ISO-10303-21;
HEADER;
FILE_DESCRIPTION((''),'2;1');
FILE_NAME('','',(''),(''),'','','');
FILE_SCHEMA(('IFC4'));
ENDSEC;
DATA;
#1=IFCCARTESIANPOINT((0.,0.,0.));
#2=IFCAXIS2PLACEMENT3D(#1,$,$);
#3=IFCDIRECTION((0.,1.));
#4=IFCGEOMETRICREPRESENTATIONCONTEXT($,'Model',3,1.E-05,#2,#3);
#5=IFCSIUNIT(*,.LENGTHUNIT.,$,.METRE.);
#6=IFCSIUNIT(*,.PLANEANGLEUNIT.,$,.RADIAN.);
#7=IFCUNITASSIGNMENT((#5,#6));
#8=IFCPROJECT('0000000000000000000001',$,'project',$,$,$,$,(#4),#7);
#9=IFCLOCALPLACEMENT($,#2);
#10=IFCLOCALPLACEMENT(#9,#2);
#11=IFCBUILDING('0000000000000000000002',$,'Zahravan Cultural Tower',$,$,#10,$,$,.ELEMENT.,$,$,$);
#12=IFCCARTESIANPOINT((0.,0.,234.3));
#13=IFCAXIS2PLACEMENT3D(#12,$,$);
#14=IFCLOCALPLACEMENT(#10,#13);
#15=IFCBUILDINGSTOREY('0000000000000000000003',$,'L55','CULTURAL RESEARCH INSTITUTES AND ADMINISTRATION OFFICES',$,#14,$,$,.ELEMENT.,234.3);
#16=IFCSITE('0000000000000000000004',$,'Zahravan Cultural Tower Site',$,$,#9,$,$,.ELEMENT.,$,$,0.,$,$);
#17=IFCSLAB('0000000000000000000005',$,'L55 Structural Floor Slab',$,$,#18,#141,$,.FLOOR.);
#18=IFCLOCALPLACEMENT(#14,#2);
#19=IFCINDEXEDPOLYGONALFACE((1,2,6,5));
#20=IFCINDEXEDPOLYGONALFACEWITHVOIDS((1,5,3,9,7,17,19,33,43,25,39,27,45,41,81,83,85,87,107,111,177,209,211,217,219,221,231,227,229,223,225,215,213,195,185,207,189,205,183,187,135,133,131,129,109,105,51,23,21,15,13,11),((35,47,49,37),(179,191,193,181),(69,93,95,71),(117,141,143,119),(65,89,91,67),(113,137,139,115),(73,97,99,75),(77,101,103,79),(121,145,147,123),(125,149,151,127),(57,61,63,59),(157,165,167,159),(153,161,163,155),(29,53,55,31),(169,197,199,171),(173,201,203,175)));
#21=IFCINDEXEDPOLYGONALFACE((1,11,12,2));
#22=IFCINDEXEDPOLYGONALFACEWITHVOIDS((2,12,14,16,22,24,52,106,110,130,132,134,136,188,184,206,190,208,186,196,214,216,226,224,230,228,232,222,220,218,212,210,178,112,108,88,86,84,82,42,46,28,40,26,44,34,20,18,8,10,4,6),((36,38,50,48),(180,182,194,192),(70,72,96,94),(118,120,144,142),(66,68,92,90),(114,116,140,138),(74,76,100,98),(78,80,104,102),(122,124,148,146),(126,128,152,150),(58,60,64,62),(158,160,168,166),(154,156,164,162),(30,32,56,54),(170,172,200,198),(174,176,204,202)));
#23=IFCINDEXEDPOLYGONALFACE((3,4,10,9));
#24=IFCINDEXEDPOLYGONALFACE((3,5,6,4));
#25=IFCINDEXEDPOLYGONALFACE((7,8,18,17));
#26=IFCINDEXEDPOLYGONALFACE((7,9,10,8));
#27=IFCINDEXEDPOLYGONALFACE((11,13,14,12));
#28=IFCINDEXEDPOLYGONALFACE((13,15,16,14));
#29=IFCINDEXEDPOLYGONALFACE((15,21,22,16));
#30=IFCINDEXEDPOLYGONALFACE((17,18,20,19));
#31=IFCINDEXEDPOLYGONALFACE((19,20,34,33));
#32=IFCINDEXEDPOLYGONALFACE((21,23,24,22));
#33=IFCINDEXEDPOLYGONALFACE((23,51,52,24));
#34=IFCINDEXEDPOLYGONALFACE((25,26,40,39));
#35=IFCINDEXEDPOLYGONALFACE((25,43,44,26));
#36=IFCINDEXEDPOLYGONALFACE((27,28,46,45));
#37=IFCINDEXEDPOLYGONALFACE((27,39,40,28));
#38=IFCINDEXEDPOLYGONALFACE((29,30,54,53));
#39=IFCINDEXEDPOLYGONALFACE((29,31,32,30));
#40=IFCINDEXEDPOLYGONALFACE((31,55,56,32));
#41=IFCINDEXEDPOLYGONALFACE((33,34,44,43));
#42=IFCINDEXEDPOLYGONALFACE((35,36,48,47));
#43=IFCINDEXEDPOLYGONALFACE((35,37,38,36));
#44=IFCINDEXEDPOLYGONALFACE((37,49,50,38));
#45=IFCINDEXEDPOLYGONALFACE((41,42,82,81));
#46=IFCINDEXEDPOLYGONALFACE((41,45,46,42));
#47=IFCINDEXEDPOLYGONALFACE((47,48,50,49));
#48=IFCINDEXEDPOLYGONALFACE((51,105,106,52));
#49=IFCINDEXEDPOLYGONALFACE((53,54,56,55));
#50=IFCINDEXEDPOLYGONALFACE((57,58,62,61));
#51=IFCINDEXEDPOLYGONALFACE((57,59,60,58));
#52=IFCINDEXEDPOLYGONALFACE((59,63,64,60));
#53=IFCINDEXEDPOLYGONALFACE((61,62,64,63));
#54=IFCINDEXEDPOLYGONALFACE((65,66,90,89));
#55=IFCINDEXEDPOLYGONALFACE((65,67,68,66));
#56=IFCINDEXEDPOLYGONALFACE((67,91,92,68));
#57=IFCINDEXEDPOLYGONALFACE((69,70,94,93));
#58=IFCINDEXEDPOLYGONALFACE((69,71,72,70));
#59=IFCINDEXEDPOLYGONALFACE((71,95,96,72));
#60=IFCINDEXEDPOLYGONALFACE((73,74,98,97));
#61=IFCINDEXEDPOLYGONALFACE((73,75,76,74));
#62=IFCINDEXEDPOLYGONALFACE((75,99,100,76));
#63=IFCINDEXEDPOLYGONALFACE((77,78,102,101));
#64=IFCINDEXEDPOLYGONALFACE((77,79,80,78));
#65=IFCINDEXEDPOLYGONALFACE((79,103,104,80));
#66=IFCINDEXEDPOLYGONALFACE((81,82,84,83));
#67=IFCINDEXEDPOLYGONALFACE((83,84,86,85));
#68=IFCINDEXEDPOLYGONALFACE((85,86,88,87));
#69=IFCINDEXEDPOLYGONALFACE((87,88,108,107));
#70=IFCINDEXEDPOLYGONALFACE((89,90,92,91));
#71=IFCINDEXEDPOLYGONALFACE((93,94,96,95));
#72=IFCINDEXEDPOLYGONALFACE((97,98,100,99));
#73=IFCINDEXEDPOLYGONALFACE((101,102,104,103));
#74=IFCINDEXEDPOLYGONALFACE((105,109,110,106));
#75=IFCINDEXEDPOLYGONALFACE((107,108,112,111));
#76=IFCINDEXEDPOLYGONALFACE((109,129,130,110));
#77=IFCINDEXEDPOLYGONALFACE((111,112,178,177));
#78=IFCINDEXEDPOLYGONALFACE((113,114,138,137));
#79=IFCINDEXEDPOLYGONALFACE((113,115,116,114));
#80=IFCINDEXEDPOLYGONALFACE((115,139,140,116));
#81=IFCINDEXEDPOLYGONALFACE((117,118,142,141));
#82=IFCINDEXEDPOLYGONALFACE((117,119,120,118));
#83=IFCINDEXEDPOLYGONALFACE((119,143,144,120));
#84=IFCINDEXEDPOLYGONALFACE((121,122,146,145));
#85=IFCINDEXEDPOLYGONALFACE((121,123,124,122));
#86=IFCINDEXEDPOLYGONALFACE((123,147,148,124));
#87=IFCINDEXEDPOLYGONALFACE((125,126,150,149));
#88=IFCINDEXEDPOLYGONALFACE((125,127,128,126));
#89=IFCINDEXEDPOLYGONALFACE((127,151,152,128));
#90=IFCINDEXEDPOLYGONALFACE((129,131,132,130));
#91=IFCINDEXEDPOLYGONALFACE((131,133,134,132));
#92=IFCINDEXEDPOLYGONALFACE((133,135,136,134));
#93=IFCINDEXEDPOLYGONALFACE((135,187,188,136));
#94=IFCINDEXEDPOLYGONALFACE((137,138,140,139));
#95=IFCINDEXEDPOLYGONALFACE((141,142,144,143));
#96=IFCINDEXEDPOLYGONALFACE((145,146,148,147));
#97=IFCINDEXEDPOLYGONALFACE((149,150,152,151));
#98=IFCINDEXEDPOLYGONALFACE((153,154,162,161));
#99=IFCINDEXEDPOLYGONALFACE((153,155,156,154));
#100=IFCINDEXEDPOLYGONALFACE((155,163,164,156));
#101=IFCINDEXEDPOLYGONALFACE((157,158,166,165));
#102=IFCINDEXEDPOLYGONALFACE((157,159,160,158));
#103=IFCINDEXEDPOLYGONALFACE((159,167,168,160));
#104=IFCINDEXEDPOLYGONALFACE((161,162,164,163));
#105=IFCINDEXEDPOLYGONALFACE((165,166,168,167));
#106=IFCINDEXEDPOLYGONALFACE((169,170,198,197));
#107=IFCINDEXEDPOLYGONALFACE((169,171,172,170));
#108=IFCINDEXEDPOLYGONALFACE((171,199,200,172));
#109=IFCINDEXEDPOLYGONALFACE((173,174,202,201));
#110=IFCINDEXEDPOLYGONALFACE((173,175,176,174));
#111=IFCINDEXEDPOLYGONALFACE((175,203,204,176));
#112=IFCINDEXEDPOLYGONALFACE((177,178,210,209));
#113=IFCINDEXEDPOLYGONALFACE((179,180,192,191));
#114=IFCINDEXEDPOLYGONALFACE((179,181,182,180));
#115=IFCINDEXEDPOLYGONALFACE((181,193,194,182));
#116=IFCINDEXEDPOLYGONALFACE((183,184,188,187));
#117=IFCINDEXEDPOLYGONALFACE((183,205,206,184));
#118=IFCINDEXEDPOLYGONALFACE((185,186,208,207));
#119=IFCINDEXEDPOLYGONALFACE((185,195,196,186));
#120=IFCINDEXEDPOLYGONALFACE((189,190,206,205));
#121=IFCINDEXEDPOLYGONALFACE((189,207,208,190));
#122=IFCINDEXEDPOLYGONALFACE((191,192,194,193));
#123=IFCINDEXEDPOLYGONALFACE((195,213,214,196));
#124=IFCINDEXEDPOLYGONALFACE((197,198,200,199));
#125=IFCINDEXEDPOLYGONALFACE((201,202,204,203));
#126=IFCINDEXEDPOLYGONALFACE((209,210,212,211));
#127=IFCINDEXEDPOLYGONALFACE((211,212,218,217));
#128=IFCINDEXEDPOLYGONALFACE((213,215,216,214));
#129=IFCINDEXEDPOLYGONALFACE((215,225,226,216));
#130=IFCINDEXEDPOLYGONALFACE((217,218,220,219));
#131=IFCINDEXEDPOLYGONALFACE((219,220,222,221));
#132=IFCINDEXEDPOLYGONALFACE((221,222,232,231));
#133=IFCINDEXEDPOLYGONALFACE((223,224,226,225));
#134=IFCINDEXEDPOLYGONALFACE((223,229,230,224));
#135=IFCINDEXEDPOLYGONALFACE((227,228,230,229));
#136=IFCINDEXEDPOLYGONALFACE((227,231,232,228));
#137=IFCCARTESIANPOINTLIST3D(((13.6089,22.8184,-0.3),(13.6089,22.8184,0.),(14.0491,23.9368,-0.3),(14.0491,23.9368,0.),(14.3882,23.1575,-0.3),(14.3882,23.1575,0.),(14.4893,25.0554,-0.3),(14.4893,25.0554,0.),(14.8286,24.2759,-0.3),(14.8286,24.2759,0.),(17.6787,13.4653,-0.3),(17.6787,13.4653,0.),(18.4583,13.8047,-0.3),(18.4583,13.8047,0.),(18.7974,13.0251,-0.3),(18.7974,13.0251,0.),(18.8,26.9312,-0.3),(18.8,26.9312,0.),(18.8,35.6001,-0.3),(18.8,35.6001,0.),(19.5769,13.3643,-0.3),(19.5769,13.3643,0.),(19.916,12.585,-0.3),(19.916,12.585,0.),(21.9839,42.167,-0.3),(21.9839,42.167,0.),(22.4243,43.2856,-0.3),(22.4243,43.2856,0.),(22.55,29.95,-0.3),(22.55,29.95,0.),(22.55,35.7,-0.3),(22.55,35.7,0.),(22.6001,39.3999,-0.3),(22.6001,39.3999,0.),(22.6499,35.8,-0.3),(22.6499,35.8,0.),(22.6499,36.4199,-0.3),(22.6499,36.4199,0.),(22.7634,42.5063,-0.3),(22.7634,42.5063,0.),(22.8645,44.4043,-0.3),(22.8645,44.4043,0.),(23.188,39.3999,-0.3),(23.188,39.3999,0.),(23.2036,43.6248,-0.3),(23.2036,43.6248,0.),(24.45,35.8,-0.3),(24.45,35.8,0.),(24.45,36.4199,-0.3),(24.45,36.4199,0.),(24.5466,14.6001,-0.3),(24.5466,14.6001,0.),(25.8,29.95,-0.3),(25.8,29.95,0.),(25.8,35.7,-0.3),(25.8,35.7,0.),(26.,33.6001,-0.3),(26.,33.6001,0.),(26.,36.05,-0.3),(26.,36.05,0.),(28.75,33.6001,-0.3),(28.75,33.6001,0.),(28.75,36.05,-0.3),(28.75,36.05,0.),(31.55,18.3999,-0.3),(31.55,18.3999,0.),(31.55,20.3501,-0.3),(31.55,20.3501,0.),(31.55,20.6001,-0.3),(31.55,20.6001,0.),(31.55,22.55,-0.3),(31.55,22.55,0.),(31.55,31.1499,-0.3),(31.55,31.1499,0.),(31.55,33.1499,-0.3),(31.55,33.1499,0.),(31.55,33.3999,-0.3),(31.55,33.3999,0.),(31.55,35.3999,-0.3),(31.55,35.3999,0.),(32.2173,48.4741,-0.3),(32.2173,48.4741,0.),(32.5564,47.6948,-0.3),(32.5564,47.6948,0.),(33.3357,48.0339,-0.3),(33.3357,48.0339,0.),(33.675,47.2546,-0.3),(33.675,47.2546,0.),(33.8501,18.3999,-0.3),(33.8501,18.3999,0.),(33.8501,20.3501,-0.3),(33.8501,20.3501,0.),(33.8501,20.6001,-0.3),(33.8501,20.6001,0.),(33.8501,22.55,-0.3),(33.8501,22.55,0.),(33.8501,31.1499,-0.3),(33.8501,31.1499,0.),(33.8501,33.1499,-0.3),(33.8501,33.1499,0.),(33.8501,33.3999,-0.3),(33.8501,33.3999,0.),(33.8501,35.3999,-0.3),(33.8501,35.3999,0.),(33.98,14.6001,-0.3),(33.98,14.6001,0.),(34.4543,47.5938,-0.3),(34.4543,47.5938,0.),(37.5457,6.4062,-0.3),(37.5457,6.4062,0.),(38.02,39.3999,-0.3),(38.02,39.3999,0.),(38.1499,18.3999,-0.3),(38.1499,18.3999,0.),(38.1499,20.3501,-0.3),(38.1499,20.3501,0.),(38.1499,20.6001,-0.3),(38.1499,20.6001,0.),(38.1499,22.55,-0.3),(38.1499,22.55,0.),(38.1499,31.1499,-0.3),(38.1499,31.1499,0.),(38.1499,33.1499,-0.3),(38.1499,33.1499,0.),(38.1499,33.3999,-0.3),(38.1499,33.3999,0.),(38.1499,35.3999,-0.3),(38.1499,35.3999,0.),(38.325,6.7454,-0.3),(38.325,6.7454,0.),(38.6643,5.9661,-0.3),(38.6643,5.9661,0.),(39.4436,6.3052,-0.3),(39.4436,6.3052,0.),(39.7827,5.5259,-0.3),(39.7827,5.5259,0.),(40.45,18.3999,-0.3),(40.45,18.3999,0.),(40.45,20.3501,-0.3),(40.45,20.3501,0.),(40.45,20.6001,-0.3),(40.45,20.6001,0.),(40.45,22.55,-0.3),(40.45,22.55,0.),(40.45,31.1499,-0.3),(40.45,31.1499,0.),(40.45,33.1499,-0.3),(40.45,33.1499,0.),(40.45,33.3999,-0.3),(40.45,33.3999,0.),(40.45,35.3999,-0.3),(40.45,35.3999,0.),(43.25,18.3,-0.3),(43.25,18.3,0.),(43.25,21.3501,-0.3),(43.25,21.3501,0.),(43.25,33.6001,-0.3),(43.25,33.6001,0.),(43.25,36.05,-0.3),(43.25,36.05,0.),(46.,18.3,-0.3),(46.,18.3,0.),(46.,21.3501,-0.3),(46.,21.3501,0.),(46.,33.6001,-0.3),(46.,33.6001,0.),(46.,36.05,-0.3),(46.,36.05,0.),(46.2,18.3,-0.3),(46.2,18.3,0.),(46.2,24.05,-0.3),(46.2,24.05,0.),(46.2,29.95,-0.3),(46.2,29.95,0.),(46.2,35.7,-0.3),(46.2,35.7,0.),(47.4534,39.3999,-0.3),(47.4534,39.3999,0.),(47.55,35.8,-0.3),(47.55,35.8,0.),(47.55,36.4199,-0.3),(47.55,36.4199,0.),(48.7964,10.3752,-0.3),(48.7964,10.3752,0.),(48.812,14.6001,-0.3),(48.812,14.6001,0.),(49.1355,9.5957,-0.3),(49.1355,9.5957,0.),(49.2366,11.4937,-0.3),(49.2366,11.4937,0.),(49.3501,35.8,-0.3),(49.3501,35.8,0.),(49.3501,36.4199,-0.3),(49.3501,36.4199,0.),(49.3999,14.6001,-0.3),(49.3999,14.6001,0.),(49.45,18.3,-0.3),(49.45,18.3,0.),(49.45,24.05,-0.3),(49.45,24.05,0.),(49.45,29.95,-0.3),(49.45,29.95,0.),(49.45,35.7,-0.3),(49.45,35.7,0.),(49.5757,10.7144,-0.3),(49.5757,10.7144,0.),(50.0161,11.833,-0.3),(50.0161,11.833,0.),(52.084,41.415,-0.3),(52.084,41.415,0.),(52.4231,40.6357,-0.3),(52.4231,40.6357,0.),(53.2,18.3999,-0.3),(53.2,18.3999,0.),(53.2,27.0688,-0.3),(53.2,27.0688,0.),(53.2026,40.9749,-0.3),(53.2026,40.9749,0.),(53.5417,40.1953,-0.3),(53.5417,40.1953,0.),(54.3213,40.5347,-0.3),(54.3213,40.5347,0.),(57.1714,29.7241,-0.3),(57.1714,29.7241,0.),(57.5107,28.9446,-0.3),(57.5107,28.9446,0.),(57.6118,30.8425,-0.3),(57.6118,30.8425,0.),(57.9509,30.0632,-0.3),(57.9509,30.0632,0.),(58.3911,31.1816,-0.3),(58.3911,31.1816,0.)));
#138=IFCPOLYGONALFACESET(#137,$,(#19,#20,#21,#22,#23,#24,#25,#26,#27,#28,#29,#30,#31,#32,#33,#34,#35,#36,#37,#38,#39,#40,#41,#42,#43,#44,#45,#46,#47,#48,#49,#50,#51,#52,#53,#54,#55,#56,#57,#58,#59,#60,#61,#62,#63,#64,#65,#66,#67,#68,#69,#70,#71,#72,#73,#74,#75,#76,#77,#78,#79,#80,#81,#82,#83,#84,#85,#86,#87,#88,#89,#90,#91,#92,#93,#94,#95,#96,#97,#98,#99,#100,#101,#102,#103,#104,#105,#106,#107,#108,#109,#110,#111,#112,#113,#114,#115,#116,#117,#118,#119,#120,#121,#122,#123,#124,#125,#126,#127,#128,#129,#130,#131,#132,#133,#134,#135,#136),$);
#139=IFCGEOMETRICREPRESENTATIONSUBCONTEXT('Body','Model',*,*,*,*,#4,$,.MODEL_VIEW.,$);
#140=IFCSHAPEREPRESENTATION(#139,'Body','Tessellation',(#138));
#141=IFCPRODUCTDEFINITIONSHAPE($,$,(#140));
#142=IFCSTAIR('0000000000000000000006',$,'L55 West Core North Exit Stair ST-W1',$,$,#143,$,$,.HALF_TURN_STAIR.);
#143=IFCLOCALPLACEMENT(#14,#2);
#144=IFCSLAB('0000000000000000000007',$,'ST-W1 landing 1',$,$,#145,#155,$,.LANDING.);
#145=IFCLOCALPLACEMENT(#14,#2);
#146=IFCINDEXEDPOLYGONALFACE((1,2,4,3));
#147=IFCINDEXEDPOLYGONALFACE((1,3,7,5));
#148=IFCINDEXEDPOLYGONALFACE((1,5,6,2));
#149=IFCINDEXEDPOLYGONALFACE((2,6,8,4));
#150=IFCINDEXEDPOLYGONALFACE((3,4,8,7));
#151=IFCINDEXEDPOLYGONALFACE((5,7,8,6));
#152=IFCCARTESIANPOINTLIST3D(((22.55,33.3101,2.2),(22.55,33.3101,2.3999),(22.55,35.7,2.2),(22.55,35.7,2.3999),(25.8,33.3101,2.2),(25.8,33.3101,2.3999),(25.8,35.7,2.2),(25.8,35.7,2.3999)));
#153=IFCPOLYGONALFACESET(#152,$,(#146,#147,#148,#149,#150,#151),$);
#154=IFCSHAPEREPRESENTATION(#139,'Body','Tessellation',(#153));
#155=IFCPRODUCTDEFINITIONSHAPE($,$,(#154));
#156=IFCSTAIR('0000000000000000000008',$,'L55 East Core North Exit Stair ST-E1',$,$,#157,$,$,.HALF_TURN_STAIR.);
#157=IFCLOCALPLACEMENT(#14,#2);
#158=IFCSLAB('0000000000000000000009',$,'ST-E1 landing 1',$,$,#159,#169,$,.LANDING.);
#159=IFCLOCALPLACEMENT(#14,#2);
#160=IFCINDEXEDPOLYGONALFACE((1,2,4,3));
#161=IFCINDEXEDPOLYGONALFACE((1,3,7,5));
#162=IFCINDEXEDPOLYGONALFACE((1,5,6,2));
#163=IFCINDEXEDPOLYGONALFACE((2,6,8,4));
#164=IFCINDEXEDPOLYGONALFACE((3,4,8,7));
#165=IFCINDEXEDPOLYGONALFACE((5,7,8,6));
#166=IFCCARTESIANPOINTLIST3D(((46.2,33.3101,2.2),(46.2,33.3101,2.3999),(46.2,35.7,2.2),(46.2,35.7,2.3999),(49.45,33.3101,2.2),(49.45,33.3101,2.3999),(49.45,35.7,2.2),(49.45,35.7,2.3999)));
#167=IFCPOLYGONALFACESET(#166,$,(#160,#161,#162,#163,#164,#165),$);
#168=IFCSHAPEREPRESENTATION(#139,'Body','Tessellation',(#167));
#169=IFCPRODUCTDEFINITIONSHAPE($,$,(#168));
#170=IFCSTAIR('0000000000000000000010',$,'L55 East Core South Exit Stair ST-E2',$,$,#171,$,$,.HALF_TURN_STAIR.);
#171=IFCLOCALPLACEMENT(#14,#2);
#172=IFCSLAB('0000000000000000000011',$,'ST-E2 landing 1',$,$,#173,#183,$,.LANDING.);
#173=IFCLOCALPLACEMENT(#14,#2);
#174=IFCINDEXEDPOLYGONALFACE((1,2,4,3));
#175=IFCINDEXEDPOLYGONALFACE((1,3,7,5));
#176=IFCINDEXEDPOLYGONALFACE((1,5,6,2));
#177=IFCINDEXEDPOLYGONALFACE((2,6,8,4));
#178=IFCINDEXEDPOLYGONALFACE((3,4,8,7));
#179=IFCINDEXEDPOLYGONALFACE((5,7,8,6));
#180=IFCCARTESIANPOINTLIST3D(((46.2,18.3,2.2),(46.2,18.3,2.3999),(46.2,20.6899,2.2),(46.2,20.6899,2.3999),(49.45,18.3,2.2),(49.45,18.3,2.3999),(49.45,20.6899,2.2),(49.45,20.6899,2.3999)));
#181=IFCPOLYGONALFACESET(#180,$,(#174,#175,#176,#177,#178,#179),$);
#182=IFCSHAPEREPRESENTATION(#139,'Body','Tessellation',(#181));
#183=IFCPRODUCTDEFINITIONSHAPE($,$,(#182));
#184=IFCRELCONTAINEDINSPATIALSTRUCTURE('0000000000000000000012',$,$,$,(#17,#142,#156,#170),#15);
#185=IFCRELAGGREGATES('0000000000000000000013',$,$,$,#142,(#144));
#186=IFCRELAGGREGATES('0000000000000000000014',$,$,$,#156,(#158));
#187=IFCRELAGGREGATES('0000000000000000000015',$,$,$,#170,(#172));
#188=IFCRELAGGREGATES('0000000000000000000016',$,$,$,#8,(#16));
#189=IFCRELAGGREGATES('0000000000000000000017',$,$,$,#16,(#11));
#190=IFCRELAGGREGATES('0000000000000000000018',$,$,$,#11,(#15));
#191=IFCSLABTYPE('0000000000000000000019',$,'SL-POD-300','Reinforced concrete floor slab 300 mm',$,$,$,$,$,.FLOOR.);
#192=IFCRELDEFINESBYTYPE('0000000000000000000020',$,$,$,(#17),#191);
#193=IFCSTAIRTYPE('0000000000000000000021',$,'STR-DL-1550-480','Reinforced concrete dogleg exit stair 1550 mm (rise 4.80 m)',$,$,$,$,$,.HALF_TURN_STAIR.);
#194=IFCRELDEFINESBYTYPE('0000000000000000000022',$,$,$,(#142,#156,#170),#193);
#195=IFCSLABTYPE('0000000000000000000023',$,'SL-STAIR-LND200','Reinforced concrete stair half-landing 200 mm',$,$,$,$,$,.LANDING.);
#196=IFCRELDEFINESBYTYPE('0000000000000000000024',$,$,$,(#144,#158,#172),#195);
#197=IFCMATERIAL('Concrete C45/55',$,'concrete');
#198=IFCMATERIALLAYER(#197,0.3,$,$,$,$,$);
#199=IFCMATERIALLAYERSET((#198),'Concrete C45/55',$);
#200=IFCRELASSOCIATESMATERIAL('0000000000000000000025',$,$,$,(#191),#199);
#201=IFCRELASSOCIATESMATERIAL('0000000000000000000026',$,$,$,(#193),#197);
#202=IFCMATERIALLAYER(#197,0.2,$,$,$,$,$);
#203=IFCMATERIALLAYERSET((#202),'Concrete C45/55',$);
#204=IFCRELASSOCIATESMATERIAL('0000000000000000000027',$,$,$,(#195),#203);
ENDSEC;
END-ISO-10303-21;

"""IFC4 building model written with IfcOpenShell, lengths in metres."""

from ifc_helpers import new_model, si_unit, direction, frame, origin, place, context, subcontext, project, spatial, polyline, outline, extrude, material, layer, layer_set, type_object, element, aggregate, save


model = new_model("IFC4")

# Units and contexts
model_context = context("Model", 3, precision=1e-05, world=origin(), true_north=direction((0.0, 1.0)))
body_context = subcontext(model_context, "Body", "Model", "MODEL_VIEW")
ifc_project = project(units=[si_unit("LENGTHUNIT", "METRE"), si_unit("PLANEANGLEUNIT", "RADIAN")], contexts=[model_context])

# Site, building, storey
site_placement = place(None, origin())
site = spatial("IfcSite", under=ifc_project, at=site_placement, Name="Zahravan Cultural Tower Site", CompositionType="ELEMENT", RefElevation=0.0)
building_placement = place(site_placement, origin())
building = spatial("IfcBuilding", under=site, at=building_placement, Name="Zahravan Cultural Tower", CompositionType="ELEMENT")
storey_placement = place(building_placement, frame((0.0, 0.0, 234.3)))
storey = spatial("IfcBuildingStorey", under=building, at=storey_placement, Name="L55", Description="CULTURAL RESEARCH INSTITUTES AND ADMINISTRATION OFFICES", CompositionType="ELEMENT", Elevation=234.3)

# Slab
ifc_material_1 = material(Name="Concrete C45/55", Category="concrete")
ifc_layer_1 = layer(ifc_material_1, 0.3)
ifc_layer_set_1 = layer_set([ifc_layer_1], Name="Concrete C45/55")
slab_type_1 = type_object("IfcSlabType", Name="SL-POD-300", Description="Reinforced concrete floor slab 300 mm", PredefinedType="FLOOR", material=ifc_layer_set_1)
slab_1_placement = place(storey_placement, frame((0.0, 0.0, -0.3)))
element("IfcSlab", 1, at=slab_1_placement, inside=storey, type_object=slab_type_1, Name="L55 Structural Floor Slab", PredefinedType="FLOOR", context=body_context, shape_type="SweptSolid", body=[
    extrude(outline(polyline([(47.4534, 39.3999), (38.02, 39.3999), (34.4543, 47.5938), (33.675, 47.2546), (33.3357, 48.0339), (32.5564, 47.6948), (32.2173, 48.4741), (22.8645, 44.4043), (23.2036, 43.6248), (22.4243, 43.2856), (22.7634, 42.5063), (21.9839, 42.167), (23.188, 39.3999), (22.6001, 39.3999), (18.8, 35.6001), (18.8, 26.9312), (14.4893, 25.0554), (14.8286, 24.2759), (14.0491, 23.9368), (14.3882, 23.1575), (13.6089, 22.8184), (17.6787, 13.4653), (18.4583, 13.8047), (18.7974, 13.0251), (19.5769, 13.3643), (19.916, 12.585), (24.5466, 14.6001), (33.98, 14.6001), (37.5457, 6.4062), (38.325, 6.7454), (38.6643, 5.9661), (39.4436, 6.3052), (39.7827, 5.5259), (49.1355, 9.5957), (48.7964, 10.3752), (49.5757, 10.7144), (49.2366, 11.4937), (50.0161, 11.833), (48.812, 14.6001), (49.3999, 14.6001), (53.2, 18.3999), (53.2, 27.0688), (57.5107, 28.9446), (57.1714, 29.7241), (57.9509, 30.0632), (57.6118, 30.8425), (58.3911, 31.1816), (54.3213, 40.5347), (53.5417, 40.1953), (53.2026, 40.9749), (52.4231, 40.6357), (52.084, 41.415), (47.4534, 39.3999)]), holes=[polyline([(22.55, 29.95), (22.55, 35.7), (25.8, 35.7), (25.8, 29.95), (22.55, 29.95)]), polyline([(46.2, 29.95), (46.2, 35.7), (49.45, 35.7), (49.45, 29.95), (46.2, 29.95)]), polyline([(46.2, 18.3), (46.2, 24.05), (49.45, 24.05), (49.45, 18.3), (46.2, 18.3)]), polyline([(26.0, 33.6001), (26.0, 36.05), (28.75, 36.05), (28.75, 33.6001), (26.0, 33.6001)]), polyline([(43.25, 33.6001), (43.25, 36.05), (46.0, 36.05), (46.0, 33.6001), (43.25, 33.6001)]), polyline([(43.25, 18.3), (43.25, 21.3501), (46.0, 21.3501), (46.0, 18.3), (43.25, 18.3)]), polyline([(31.55, 33.3999), (31.55, 35.3999), (33.8501, 35.3999), (33.8501, 33.3999), (31.55, 33.3999)]), polyline([(31.55, 31.1499), (31.55, 33.1499), (33.8501, 33.1499), (33.8501, 31.1499), (31.55, 31.1499)]), polyline([(38.1499, 33.3999), (38.1499, 35.3999), (40.45, 35.3999), (40.45, 33.3999), (38.1499, 33.3999)]), polyline([(38.1499, 31.1499), (38.1499, 33.1499), (40.45, 33.1499), (40.45, 31.1499), (38.1499, 31.1499)]), polyline([(31.55, 20.6001), (31.55, 22.55), (33.8501, 22.55), (33.8501, 20.6001), (31.55, 20.6001)]), polyline([(31.55, 18.3999), (31.55, 20.3501), (33.8501, 20.3501), (33.8501, 18.3999), (31.55, 18.3999)]), polyline([(38.1499, 20.6001), (38.1499, 22.55), (40.45, 22.55), (40.45, 20.6001), (38.1499, 20.6001)]), polyline([(38.1499, 18.3999), (38.1499, 20.3501), (40.45, 20.3501), (40.45, 18.3999), (38.1499, 18.3999)]), polyline([(22.6499, 35.8), (22.6499, 36.4199), (24.45, 36.4199), (24.45, 35.8), (22.6499, 35.8)]), polyline([(47.55, 35.8), (47.55, 36.4199), (49.3501, 36.4199), (49.3501, 35.8), (47.55, 35.8)])]), origin(), (0.0, 0.0, 1.0), 0.3),
])

# Stairs, slabs
stair_type = type_object("IfcStairType", Name="STR-DL-1550-480", Description="Reinforced concrete dogleg exit stair 1550 mm (rise 4.80 m)", PredefinedType="HALF_TURN_STAIR", material=ifc_material_1)
stair_1_placement = place(storey_placement, origin())
stair_1 = element("IfcStair", 2, at=stair_1_placement, inside=storey, type_object=stair_type, Name="L55 West Core North Exit Stair ST-W1", PredefinedType="HALF_TURN_STAIR")
ifc_layer_2 = layer(ifc_material_1, 0.2)
ifc_layer_set_2 = layer_set([ifc_layer_2], Name="Concrete C45/55")
slab_type_2 = type_object("IfcSlabType", Name="SL-STAIR-LND200", Description="Reinforced concrete stair half-landing 200 mm", PredefinedType="LANDING", material=ifc_layer_set_2)
slab_2_placement = place(storey_placement, frame((0.0, 0.0, 2.2)))
slab_2 = element("IfcSlab", 3, at=slab_2_placement, type_object=slab_type_2, Name="ST-W1 landing 1", PredefinedType="LANDING", context=body_context, shape_type="SweptSolid", body=[
    extrude(outline(polyline([(25.8, 33.3101), (25.8, 35.7), (22.55, 35.7), (22.55, 33.3101), (25.8, 33.3101)])), origin(), (0.0, 0.0, 1.0), 0.2),
])
aggregate(stair_1, [slab_2])
stair_2_placement = place(storey_placement, origin())
stair_2 = element("IfcStair", 4, at=stair_2_placement, inside=storey, type_object=stair_type, Name="L55 East Core North Exit Stair ST-E1", PredefinedType="HALF_TURN_STAIR")
slab_3_placement = place(storey_placement, frame((0.0, 0.0, 2.2)))
slab_3 = element("IfcSlab", 5, at=slab_3_placement, type_object=slab_type_2, Name="ST-E1 landing 1", PredefinedType="LANDING", context=body_context, shape_type="SweptSolid", body=[
    extrude(outline(polyline([(49.45, 33.3101), (49.45, 35.7), (46.2, 35.7), (46.2, 33.3101), (49.45, 33.3101)])), origin(), (0.0, 0.0, 1.0), 0.2),
])
aggregate(stair_2, [slab_3])
stair_3_placement = place(storey_placement, origin())
stair_3 = element("IfcStair", 6, at=stair_3_placement, inside=storey, type_object=stair_type, Name="L55 East Core South Exit Stair ST-E2", PredefinedType="HALF_TURN_STAIR")
slab_4_placement = place(storey_placement, frame((0.0, 0.0, 2.2)))
slab_4 = element("IfcSlab", 7, at=slab_4_placement, type_object=slab_type_2, Name="ST-E2 landing 1", PredefinedType="LANDING", context=body_context, shape_type="SweptSolid", body=[
    extrude(outline(polyline([(46.2, 20.6899), (46.2, 18.3), (49.45, 18.3), (49.45, 20.6899), (46.2, 20.6899)])), origin(), (0.0, 0.0, 1.0), 0.2),
])
aggregate(stair_3, [slab_4])

save(model, "model.ifc")
